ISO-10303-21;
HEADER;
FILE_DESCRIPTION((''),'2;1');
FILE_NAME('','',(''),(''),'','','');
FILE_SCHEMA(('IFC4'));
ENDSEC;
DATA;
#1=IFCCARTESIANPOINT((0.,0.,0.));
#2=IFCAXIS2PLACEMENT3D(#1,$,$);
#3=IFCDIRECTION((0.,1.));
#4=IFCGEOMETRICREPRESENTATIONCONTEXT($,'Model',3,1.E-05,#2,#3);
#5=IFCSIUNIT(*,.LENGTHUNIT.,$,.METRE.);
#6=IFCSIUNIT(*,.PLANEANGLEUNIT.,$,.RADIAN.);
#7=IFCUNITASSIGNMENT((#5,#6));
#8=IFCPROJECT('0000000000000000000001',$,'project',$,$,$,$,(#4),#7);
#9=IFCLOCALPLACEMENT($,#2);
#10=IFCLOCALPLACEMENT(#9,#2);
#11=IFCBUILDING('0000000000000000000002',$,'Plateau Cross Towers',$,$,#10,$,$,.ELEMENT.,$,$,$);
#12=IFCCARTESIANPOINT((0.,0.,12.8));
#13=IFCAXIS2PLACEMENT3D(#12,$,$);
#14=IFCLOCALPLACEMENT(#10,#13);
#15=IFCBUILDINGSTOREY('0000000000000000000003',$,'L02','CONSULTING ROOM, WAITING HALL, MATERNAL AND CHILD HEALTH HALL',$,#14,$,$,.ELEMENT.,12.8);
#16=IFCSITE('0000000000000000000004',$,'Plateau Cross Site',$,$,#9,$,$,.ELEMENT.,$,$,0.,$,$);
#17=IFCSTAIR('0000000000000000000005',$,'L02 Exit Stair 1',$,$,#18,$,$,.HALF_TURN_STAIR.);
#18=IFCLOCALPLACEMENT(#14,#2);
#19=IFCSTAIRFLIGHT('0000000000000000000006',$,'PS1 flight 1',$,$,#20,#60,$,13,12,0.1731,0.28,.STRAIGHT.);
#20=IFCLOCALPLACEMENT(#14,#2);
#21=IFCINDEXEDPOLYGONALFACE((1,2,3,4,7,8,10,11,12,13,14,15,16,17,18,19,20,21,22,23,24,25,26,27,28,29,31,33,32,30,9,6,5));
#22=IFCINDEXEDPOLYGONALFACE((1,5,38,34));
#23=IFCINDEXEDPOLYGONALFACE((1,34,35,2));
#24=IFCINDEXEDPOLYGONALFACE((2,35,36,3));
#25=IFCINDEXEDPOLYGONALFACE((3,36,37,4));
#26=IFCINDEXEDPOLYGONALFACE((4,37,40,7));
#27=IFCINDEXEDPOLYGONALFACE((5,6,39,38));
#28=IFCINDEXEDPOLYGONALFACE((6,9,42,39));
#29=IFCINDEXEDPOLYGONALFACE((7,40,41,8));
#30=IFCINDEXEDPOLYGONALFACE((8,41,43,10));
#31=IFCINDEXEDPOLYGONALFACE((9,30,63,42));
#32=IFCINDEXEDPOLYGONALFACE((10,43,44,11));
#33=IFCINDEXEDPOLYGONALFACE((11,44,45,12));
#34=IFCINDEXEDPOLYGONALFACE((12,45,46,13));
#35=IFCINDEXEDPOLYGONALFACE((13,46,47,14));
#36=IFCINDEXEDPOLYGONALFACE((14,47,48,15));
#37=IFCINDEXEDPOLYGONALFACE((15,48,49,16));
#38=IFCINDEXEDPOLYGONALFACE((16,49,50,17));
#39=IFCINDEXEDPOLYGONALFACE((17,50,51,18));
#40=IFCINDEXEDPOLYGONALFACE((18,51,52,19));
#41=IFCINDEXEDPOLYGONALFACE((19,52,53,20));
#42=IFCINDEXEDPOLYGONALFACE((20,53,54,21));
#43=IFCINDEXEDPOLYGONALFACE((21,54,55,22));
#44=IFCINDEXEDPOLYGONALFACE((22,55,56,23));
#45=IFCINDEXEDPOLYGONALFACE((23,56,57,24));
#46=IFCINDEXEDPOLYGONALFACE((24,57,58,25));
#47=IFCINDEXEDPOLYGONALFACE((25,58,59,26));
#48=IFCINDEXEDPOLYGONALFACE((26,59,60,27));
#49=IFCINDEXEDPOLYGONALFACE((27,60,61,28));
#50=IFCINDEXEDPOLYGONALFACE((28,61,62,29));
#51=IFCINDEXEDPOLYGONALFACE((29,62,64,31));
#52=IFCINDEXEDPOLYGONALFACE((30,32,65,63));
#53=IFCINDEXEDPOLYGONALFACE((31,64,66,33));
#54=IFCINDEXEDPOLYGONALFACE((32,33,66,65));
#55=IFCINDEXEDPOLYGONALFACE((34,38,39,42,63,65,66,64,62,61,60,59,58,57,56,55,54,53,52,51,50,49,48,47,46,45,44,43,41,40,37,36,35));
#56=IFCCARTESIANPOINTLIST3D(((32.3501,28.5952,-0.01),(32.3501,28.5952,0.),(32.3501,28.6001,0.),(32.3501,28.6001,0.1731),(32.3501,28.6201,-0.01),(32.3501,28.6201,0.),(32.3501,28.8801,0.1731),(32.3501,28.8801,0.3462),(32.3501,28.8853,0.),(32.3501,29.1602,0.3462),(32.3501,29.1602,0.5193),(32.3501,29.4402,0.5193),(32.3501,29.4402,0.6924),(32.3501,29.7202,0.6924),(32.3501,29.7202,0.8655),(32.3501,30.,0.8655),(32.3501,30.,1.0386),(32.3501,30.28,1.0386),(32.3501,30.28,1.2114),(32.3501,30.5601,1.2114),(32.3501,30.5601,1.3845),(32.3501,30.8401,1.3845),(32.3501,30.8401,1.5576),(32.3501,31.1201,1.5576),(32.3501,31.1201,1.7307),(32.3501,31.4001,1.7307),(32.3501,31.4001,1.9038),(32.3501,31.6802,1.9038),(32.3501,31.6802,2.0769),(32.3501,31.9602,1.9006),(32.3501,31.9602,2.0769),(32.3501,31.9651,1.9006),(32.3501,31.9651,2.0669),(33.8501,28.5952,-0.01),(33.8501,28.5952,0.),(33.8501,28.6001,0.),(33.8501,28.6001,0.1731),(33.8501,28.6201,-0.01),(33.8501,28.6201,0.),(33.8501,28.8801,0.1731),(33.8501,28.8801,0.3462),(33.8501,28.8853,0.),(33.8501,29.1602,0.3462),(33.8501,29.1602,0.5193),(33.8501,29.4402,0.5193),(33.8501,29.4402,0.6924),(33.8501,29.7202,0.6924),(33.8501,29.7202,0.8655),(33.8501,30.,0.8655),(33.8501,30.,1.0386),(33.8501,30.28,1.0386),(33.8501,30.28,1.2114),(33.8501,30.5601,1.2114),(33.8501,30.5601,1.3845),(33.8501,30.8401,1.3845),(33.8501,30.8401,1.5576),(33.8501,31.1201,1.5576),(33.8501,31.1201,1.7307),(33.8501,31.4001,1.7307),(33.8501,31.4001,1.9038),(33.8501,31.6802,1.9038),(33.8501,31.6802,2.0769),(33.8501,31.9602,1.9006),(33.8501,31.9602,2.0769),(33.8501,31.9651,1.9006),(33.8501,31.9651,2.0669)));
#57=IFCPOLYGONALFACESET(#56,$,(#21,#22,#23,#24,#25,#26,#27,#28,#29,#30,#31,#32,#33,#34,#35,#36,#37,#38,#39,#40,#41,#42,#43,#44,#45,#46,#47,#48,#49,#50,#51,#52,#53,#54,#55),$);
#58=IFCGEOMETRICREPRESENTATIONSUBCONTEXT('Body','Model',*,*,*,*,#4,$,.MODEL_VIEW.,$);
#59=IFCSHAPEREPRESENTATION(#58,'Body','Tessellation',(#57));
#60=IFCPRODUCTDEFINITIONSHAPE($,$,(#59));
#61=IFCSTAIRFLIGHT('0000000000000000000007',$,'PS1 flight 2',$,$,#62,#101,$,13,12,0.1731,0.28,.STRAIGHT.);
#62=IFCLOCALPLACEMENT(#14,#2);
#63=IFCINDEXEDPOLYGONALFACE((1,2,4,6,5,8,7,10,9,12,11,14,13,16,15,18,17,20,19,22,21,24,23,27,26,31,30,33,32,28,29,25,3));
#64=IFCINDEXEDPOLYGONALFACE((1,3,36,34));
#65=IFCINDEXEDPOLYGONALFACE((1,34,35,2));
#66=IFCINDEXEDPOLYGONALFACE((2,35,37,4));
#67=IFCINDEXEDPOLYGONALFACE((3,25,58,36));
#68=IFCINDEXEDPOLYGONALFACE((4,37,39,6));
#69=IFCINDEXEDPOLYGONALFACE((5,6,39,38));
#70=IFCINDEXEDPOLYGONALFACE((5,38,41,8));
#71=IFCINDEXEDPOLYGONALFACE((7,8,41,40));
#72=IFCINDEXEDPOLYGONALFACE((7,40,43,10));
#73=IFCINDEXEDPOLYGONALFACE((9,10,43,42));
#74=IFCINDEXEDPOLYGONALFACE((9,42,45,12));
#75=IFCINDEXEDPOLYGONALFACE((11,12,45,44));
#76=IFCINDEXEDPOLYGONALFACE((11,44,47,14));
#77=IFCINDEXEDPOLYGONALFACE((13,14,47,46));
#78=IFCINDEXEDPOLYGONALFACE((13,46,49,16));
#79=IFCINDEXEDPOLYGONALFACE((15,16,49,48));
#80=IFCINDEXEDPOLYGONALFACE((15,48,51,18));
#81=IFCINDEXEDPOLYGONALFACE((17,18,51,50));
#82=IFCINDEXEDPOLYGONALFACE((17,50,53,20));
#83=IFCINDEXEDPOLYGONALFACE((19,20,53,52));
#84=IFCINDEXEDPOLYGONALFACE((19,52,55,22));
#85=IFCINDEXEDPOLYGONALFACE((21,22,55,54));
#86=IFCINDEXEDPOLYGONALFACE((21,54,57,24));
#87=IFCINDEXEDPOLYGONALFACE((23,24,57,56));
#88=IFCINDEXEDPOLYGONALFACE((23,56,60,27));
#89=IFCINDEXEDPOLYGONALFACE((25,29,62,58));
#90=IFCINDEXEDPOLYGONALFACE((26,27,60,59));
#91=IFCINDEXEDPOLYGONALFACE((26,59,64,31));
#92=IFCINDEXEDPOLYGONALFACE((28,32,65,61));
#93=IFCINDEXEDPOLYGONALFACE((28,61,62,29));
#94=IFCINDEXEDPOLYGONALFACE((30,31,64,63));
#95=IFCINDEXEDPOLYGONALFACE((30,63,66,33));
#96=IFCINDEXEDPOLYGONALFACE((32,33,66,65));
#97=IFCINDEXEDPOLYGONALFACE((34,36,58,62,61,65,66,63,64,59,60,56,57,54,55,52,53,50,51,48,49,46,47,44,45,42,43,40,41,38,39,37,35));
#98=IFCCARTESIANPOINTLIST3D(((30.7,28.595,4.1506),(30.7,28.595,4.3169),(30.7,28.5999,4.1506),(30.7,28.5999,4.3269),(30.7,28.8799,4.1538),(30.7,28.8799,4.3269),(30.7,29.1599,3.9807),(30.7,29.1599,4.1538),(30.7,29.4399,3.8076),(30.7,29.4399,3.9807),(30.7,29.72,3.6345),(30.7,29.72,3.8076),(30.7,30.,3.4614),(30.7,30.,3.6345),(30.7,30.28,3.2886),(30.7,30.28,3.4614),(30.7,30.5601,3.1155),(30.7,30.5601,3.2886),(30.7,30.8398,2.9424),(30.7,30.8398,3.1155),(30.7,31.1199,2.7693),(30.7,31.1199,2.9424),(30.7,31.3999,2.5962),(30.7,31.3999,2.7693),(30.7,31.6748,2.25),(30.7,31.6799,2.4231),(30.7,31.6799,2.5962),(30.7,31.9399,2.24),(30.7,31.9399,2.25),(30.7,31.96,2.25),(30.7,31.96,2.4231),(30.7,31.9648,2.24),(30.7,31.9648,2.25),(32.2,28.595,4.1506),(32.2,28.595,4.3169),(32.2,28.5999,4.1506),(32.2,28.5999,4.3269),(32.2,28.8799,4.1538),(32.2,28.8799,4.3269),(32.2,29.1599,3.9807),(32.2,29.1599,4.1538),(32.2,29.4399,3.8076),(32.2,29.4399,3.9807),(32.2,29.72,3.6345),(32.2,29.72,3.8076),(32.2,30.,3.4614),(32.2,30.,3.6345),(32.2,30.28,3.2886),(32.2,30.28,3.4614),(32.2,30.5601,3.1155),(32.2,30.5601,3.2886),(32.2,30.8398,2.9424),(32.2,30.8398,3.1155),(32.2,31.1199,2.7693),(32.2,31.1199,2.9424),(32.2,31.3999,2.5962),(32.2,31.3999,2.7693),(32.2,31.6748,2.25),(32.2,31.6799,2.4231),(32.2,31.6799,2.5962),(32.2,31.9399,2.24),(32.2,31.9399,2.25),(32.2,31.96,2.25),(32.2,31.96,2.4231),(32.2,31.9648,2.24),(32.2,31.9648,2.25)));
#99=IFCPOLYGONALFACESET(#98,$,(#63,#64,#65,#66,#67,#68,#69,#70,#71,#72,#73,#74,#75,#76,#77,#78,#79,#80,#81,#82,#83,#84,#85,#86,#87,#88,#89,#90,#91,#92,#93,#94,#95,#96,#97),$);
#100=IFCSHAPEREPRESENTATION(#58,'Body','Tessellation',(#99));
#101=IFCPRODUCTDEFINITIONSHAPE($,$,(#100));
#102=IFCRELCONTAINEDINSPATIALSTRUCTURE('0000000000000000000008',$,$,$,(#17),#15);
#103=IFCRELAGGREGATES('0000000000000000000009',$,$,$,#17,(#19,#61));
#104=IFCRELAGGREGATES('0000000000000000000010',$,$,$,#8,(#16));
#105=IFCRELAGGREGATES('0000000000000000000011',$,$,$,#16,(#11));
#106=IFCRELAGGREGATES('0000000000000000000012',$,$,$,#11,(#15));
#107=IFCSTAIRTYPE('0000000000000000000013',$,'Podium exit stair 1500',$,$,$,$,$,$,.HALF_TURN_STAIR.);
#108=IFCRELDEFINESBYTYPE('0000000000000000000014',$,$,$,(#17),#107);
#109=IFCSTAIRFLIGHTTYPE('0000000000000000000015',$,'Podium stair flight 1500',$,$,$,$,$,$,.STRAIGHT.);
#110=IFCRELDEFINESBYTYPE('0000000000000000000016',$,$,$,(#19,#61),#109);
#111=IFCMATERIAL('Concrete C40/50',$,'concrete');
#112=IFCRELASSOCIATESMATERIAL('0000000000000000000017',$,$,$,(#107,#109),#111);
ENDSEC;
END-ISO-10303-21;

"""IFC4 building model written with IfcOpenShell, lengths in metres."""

from ifc_helpers import new_model, si_unit, direction, frame, origin, place, context, subcontext, project, spatial, polyline, outline, extrude, material, type_object, element, aggregate, save


model = new_model("IFC4")

# Units and contexts
model_context = context("Model", 3, precision=1e-05, world=origin(), true_north=direction((0.0, 1.0)))
body_context = subcontext(model_context, "Body", "Model", "MODEL_VIEW")
ifc_project = project(units=[si_unit("LENGTHUNIT", "METRE"), si_unit("PLANEANGLEUNIT", "RADIAN")], contexts=[model_context])

# Site, building, storey
site_placement = place(None, origin())
site = spatial("IfcSite", under=ifc_project, at=site_placement, Name="Plateau Cross Site", CompositionType="ELEMENT", RefElevation=0.0)
building_placement = place(site_placement, origin())
building = spatial("IfcBuilding", under=site, at=building_placement, Name="Plateau Cross Towers", CompositionType="ELEMENT")
storey_placement = place(building_placement, frame((0.0, 0.0, 12.8)))
storey = spatial("IfcBuildingStorey", under=building, at=storey_placement, Name="L02", Description="CONSULTING ROOM, WAITING HALL, MATERNAL AND CHILD HEALTH HALL", CompositionType="ELEMENT", Elevation=12.8)

# Stair, stair flights
ifc_material_1 = material(Name="Concrete C40/50", Category="concrete")
stair_type = type_object("IfcStairType", Name="Podium exit stair 1500", PredefinedType="HALF_TURN_STAIR", material=ifc_material_1)
stair_placement = place(storey_placement, origin())
stair = element("IfcStair", 1, at=stair_placement, inside=storey, type_object=stair_type, Name="L02 Exit Stair 1", PredefinedType="HALF_TURN_STAIR")
stair_flight_type = type_object("IfcStairFlightType", Name="Podium stair flight 1500", PredefinedType="STRAIGHT", material=ifc_material_1)
stair_flight_1_placement = place(storey_placement, frame((33.1001, 28.6001, 0.0), z_axis=(0.0, 0.0, 1.0), x_axis=(0.0, 1.0, 0.0)))
stair_flight_1 = element("IfcStairFlight", 2, at=stair_flight_1_placement, type_object=stair_flight_type, Name="PS1 flight 1", NumberOfRisers=13, NumberOfTreads=12, PredefinedType="STRAIGHT", RiserHeight=0.1731, TreadLength=0.28, context=body_context, shape_type="SweptSolid", body=[
    extrude(outline(polyline([(-0.0049, -0.01), (-0.0049, 0.0), (0.0, 0.0), (0.0, 0.1731), (0.28, 0.1731), (0.28, 0.3462), (0.5601, 0.3462), (0.5601, 0.5193), (0.8401, 0.5193), (0.8401, 0.6924), (1.1201, 0.6924), (1.1201, 0.8655), (1.3999, 0.8655), (1.3999, 1.0386), (1.6799, 1.0386), (1.6799, 1.2114), (1.96, 1.2114), (1.96, 1.3845), (2.24, 1.3845), (2.24, 1.5576), (2.52, 1.5576), (2.52, 1.7307), (2.8, 1.7307), (2.8, 1.9038), (3.0801, 1.9038), (3.0801, 2.0769), (3.3601, 2.0769), (3.365, 2.0669), (3.365, 1.9006), (3.3601, 1.9006), (0.2852, 0.0), (0.02, 0.0), (0.02, -0.01), (-0.0049, -0.01)])), frame((0.0, 0.75, 0.0), z_axis=(0.0, -1.0, 0.0), x_axis=(1.0, 0.0, 0.0)), (0.0, 0.0, 1.0), 1.5),
])
stair_flight_2_placement = place(storey_placement, frame((31.45, 31.96, 2.25), z_axis=(0.0, 0.0, 1.0), x_axis=(0.0, -1.0, 0.0)))
stair_flight_2 = element("IfcStairFlight", 3, at=stair_flight_2_placement, type_object=stair_flight_type, Name="PS1 flight 2", NumberOfRisers=13, NumberOfTreads=12, PredefinedType="STRAIGHT", RiserHeight=0.1731, TreadLength=0.28, context=body_context, shape_type="SweptSolid", body=[
    extrude(outline(polyline([(-0.0049, -0.01), (-0.0049, 0.0), (0.0, 0.0), (0.0, 0.1731), (0.28, 0.1731), (0.28, 0.3462), (0.5601, 0.3462), (0.5601, 0.5193), (0.8401, 0.5193), (0.8401, 0.6924), (1.1201, 0.6924), (1.1201, 0.8655), (1.3999, 0.8655), (1.3999, 1.0386), (1.6799, 1.0386), (1.6799, 1.2114), (1.96, 1.2114), (1.96, 1.3845), (2.24, 1.3845), (2.24, 1.5576), (2.52, 1.5576), (2.52, 1.7307), (2.8, 1.7307), (2.8, 1.9038), (3.0801, 1.9038), (3.0801, 2.0769), (3.3601, 2.0769), (3.365, 2.0669), (3.365, 1.9006), (3.3601, 1.9006), (0.2852, 0.0), (0.02, 0.0), (0.02, -0.01), (-0.0049, -0.01)])), frame((0.0, 0.75, 0.0), z_axis=(0.0, -1.0, 0.0), x_axis=(1.0, 0.0, 0.0)), (0.0, 0.0, 1.0), 1.5),
])
aggregate(stair, [stair_flight_1, stair_flight_2])

save(model, "model.ifc")
